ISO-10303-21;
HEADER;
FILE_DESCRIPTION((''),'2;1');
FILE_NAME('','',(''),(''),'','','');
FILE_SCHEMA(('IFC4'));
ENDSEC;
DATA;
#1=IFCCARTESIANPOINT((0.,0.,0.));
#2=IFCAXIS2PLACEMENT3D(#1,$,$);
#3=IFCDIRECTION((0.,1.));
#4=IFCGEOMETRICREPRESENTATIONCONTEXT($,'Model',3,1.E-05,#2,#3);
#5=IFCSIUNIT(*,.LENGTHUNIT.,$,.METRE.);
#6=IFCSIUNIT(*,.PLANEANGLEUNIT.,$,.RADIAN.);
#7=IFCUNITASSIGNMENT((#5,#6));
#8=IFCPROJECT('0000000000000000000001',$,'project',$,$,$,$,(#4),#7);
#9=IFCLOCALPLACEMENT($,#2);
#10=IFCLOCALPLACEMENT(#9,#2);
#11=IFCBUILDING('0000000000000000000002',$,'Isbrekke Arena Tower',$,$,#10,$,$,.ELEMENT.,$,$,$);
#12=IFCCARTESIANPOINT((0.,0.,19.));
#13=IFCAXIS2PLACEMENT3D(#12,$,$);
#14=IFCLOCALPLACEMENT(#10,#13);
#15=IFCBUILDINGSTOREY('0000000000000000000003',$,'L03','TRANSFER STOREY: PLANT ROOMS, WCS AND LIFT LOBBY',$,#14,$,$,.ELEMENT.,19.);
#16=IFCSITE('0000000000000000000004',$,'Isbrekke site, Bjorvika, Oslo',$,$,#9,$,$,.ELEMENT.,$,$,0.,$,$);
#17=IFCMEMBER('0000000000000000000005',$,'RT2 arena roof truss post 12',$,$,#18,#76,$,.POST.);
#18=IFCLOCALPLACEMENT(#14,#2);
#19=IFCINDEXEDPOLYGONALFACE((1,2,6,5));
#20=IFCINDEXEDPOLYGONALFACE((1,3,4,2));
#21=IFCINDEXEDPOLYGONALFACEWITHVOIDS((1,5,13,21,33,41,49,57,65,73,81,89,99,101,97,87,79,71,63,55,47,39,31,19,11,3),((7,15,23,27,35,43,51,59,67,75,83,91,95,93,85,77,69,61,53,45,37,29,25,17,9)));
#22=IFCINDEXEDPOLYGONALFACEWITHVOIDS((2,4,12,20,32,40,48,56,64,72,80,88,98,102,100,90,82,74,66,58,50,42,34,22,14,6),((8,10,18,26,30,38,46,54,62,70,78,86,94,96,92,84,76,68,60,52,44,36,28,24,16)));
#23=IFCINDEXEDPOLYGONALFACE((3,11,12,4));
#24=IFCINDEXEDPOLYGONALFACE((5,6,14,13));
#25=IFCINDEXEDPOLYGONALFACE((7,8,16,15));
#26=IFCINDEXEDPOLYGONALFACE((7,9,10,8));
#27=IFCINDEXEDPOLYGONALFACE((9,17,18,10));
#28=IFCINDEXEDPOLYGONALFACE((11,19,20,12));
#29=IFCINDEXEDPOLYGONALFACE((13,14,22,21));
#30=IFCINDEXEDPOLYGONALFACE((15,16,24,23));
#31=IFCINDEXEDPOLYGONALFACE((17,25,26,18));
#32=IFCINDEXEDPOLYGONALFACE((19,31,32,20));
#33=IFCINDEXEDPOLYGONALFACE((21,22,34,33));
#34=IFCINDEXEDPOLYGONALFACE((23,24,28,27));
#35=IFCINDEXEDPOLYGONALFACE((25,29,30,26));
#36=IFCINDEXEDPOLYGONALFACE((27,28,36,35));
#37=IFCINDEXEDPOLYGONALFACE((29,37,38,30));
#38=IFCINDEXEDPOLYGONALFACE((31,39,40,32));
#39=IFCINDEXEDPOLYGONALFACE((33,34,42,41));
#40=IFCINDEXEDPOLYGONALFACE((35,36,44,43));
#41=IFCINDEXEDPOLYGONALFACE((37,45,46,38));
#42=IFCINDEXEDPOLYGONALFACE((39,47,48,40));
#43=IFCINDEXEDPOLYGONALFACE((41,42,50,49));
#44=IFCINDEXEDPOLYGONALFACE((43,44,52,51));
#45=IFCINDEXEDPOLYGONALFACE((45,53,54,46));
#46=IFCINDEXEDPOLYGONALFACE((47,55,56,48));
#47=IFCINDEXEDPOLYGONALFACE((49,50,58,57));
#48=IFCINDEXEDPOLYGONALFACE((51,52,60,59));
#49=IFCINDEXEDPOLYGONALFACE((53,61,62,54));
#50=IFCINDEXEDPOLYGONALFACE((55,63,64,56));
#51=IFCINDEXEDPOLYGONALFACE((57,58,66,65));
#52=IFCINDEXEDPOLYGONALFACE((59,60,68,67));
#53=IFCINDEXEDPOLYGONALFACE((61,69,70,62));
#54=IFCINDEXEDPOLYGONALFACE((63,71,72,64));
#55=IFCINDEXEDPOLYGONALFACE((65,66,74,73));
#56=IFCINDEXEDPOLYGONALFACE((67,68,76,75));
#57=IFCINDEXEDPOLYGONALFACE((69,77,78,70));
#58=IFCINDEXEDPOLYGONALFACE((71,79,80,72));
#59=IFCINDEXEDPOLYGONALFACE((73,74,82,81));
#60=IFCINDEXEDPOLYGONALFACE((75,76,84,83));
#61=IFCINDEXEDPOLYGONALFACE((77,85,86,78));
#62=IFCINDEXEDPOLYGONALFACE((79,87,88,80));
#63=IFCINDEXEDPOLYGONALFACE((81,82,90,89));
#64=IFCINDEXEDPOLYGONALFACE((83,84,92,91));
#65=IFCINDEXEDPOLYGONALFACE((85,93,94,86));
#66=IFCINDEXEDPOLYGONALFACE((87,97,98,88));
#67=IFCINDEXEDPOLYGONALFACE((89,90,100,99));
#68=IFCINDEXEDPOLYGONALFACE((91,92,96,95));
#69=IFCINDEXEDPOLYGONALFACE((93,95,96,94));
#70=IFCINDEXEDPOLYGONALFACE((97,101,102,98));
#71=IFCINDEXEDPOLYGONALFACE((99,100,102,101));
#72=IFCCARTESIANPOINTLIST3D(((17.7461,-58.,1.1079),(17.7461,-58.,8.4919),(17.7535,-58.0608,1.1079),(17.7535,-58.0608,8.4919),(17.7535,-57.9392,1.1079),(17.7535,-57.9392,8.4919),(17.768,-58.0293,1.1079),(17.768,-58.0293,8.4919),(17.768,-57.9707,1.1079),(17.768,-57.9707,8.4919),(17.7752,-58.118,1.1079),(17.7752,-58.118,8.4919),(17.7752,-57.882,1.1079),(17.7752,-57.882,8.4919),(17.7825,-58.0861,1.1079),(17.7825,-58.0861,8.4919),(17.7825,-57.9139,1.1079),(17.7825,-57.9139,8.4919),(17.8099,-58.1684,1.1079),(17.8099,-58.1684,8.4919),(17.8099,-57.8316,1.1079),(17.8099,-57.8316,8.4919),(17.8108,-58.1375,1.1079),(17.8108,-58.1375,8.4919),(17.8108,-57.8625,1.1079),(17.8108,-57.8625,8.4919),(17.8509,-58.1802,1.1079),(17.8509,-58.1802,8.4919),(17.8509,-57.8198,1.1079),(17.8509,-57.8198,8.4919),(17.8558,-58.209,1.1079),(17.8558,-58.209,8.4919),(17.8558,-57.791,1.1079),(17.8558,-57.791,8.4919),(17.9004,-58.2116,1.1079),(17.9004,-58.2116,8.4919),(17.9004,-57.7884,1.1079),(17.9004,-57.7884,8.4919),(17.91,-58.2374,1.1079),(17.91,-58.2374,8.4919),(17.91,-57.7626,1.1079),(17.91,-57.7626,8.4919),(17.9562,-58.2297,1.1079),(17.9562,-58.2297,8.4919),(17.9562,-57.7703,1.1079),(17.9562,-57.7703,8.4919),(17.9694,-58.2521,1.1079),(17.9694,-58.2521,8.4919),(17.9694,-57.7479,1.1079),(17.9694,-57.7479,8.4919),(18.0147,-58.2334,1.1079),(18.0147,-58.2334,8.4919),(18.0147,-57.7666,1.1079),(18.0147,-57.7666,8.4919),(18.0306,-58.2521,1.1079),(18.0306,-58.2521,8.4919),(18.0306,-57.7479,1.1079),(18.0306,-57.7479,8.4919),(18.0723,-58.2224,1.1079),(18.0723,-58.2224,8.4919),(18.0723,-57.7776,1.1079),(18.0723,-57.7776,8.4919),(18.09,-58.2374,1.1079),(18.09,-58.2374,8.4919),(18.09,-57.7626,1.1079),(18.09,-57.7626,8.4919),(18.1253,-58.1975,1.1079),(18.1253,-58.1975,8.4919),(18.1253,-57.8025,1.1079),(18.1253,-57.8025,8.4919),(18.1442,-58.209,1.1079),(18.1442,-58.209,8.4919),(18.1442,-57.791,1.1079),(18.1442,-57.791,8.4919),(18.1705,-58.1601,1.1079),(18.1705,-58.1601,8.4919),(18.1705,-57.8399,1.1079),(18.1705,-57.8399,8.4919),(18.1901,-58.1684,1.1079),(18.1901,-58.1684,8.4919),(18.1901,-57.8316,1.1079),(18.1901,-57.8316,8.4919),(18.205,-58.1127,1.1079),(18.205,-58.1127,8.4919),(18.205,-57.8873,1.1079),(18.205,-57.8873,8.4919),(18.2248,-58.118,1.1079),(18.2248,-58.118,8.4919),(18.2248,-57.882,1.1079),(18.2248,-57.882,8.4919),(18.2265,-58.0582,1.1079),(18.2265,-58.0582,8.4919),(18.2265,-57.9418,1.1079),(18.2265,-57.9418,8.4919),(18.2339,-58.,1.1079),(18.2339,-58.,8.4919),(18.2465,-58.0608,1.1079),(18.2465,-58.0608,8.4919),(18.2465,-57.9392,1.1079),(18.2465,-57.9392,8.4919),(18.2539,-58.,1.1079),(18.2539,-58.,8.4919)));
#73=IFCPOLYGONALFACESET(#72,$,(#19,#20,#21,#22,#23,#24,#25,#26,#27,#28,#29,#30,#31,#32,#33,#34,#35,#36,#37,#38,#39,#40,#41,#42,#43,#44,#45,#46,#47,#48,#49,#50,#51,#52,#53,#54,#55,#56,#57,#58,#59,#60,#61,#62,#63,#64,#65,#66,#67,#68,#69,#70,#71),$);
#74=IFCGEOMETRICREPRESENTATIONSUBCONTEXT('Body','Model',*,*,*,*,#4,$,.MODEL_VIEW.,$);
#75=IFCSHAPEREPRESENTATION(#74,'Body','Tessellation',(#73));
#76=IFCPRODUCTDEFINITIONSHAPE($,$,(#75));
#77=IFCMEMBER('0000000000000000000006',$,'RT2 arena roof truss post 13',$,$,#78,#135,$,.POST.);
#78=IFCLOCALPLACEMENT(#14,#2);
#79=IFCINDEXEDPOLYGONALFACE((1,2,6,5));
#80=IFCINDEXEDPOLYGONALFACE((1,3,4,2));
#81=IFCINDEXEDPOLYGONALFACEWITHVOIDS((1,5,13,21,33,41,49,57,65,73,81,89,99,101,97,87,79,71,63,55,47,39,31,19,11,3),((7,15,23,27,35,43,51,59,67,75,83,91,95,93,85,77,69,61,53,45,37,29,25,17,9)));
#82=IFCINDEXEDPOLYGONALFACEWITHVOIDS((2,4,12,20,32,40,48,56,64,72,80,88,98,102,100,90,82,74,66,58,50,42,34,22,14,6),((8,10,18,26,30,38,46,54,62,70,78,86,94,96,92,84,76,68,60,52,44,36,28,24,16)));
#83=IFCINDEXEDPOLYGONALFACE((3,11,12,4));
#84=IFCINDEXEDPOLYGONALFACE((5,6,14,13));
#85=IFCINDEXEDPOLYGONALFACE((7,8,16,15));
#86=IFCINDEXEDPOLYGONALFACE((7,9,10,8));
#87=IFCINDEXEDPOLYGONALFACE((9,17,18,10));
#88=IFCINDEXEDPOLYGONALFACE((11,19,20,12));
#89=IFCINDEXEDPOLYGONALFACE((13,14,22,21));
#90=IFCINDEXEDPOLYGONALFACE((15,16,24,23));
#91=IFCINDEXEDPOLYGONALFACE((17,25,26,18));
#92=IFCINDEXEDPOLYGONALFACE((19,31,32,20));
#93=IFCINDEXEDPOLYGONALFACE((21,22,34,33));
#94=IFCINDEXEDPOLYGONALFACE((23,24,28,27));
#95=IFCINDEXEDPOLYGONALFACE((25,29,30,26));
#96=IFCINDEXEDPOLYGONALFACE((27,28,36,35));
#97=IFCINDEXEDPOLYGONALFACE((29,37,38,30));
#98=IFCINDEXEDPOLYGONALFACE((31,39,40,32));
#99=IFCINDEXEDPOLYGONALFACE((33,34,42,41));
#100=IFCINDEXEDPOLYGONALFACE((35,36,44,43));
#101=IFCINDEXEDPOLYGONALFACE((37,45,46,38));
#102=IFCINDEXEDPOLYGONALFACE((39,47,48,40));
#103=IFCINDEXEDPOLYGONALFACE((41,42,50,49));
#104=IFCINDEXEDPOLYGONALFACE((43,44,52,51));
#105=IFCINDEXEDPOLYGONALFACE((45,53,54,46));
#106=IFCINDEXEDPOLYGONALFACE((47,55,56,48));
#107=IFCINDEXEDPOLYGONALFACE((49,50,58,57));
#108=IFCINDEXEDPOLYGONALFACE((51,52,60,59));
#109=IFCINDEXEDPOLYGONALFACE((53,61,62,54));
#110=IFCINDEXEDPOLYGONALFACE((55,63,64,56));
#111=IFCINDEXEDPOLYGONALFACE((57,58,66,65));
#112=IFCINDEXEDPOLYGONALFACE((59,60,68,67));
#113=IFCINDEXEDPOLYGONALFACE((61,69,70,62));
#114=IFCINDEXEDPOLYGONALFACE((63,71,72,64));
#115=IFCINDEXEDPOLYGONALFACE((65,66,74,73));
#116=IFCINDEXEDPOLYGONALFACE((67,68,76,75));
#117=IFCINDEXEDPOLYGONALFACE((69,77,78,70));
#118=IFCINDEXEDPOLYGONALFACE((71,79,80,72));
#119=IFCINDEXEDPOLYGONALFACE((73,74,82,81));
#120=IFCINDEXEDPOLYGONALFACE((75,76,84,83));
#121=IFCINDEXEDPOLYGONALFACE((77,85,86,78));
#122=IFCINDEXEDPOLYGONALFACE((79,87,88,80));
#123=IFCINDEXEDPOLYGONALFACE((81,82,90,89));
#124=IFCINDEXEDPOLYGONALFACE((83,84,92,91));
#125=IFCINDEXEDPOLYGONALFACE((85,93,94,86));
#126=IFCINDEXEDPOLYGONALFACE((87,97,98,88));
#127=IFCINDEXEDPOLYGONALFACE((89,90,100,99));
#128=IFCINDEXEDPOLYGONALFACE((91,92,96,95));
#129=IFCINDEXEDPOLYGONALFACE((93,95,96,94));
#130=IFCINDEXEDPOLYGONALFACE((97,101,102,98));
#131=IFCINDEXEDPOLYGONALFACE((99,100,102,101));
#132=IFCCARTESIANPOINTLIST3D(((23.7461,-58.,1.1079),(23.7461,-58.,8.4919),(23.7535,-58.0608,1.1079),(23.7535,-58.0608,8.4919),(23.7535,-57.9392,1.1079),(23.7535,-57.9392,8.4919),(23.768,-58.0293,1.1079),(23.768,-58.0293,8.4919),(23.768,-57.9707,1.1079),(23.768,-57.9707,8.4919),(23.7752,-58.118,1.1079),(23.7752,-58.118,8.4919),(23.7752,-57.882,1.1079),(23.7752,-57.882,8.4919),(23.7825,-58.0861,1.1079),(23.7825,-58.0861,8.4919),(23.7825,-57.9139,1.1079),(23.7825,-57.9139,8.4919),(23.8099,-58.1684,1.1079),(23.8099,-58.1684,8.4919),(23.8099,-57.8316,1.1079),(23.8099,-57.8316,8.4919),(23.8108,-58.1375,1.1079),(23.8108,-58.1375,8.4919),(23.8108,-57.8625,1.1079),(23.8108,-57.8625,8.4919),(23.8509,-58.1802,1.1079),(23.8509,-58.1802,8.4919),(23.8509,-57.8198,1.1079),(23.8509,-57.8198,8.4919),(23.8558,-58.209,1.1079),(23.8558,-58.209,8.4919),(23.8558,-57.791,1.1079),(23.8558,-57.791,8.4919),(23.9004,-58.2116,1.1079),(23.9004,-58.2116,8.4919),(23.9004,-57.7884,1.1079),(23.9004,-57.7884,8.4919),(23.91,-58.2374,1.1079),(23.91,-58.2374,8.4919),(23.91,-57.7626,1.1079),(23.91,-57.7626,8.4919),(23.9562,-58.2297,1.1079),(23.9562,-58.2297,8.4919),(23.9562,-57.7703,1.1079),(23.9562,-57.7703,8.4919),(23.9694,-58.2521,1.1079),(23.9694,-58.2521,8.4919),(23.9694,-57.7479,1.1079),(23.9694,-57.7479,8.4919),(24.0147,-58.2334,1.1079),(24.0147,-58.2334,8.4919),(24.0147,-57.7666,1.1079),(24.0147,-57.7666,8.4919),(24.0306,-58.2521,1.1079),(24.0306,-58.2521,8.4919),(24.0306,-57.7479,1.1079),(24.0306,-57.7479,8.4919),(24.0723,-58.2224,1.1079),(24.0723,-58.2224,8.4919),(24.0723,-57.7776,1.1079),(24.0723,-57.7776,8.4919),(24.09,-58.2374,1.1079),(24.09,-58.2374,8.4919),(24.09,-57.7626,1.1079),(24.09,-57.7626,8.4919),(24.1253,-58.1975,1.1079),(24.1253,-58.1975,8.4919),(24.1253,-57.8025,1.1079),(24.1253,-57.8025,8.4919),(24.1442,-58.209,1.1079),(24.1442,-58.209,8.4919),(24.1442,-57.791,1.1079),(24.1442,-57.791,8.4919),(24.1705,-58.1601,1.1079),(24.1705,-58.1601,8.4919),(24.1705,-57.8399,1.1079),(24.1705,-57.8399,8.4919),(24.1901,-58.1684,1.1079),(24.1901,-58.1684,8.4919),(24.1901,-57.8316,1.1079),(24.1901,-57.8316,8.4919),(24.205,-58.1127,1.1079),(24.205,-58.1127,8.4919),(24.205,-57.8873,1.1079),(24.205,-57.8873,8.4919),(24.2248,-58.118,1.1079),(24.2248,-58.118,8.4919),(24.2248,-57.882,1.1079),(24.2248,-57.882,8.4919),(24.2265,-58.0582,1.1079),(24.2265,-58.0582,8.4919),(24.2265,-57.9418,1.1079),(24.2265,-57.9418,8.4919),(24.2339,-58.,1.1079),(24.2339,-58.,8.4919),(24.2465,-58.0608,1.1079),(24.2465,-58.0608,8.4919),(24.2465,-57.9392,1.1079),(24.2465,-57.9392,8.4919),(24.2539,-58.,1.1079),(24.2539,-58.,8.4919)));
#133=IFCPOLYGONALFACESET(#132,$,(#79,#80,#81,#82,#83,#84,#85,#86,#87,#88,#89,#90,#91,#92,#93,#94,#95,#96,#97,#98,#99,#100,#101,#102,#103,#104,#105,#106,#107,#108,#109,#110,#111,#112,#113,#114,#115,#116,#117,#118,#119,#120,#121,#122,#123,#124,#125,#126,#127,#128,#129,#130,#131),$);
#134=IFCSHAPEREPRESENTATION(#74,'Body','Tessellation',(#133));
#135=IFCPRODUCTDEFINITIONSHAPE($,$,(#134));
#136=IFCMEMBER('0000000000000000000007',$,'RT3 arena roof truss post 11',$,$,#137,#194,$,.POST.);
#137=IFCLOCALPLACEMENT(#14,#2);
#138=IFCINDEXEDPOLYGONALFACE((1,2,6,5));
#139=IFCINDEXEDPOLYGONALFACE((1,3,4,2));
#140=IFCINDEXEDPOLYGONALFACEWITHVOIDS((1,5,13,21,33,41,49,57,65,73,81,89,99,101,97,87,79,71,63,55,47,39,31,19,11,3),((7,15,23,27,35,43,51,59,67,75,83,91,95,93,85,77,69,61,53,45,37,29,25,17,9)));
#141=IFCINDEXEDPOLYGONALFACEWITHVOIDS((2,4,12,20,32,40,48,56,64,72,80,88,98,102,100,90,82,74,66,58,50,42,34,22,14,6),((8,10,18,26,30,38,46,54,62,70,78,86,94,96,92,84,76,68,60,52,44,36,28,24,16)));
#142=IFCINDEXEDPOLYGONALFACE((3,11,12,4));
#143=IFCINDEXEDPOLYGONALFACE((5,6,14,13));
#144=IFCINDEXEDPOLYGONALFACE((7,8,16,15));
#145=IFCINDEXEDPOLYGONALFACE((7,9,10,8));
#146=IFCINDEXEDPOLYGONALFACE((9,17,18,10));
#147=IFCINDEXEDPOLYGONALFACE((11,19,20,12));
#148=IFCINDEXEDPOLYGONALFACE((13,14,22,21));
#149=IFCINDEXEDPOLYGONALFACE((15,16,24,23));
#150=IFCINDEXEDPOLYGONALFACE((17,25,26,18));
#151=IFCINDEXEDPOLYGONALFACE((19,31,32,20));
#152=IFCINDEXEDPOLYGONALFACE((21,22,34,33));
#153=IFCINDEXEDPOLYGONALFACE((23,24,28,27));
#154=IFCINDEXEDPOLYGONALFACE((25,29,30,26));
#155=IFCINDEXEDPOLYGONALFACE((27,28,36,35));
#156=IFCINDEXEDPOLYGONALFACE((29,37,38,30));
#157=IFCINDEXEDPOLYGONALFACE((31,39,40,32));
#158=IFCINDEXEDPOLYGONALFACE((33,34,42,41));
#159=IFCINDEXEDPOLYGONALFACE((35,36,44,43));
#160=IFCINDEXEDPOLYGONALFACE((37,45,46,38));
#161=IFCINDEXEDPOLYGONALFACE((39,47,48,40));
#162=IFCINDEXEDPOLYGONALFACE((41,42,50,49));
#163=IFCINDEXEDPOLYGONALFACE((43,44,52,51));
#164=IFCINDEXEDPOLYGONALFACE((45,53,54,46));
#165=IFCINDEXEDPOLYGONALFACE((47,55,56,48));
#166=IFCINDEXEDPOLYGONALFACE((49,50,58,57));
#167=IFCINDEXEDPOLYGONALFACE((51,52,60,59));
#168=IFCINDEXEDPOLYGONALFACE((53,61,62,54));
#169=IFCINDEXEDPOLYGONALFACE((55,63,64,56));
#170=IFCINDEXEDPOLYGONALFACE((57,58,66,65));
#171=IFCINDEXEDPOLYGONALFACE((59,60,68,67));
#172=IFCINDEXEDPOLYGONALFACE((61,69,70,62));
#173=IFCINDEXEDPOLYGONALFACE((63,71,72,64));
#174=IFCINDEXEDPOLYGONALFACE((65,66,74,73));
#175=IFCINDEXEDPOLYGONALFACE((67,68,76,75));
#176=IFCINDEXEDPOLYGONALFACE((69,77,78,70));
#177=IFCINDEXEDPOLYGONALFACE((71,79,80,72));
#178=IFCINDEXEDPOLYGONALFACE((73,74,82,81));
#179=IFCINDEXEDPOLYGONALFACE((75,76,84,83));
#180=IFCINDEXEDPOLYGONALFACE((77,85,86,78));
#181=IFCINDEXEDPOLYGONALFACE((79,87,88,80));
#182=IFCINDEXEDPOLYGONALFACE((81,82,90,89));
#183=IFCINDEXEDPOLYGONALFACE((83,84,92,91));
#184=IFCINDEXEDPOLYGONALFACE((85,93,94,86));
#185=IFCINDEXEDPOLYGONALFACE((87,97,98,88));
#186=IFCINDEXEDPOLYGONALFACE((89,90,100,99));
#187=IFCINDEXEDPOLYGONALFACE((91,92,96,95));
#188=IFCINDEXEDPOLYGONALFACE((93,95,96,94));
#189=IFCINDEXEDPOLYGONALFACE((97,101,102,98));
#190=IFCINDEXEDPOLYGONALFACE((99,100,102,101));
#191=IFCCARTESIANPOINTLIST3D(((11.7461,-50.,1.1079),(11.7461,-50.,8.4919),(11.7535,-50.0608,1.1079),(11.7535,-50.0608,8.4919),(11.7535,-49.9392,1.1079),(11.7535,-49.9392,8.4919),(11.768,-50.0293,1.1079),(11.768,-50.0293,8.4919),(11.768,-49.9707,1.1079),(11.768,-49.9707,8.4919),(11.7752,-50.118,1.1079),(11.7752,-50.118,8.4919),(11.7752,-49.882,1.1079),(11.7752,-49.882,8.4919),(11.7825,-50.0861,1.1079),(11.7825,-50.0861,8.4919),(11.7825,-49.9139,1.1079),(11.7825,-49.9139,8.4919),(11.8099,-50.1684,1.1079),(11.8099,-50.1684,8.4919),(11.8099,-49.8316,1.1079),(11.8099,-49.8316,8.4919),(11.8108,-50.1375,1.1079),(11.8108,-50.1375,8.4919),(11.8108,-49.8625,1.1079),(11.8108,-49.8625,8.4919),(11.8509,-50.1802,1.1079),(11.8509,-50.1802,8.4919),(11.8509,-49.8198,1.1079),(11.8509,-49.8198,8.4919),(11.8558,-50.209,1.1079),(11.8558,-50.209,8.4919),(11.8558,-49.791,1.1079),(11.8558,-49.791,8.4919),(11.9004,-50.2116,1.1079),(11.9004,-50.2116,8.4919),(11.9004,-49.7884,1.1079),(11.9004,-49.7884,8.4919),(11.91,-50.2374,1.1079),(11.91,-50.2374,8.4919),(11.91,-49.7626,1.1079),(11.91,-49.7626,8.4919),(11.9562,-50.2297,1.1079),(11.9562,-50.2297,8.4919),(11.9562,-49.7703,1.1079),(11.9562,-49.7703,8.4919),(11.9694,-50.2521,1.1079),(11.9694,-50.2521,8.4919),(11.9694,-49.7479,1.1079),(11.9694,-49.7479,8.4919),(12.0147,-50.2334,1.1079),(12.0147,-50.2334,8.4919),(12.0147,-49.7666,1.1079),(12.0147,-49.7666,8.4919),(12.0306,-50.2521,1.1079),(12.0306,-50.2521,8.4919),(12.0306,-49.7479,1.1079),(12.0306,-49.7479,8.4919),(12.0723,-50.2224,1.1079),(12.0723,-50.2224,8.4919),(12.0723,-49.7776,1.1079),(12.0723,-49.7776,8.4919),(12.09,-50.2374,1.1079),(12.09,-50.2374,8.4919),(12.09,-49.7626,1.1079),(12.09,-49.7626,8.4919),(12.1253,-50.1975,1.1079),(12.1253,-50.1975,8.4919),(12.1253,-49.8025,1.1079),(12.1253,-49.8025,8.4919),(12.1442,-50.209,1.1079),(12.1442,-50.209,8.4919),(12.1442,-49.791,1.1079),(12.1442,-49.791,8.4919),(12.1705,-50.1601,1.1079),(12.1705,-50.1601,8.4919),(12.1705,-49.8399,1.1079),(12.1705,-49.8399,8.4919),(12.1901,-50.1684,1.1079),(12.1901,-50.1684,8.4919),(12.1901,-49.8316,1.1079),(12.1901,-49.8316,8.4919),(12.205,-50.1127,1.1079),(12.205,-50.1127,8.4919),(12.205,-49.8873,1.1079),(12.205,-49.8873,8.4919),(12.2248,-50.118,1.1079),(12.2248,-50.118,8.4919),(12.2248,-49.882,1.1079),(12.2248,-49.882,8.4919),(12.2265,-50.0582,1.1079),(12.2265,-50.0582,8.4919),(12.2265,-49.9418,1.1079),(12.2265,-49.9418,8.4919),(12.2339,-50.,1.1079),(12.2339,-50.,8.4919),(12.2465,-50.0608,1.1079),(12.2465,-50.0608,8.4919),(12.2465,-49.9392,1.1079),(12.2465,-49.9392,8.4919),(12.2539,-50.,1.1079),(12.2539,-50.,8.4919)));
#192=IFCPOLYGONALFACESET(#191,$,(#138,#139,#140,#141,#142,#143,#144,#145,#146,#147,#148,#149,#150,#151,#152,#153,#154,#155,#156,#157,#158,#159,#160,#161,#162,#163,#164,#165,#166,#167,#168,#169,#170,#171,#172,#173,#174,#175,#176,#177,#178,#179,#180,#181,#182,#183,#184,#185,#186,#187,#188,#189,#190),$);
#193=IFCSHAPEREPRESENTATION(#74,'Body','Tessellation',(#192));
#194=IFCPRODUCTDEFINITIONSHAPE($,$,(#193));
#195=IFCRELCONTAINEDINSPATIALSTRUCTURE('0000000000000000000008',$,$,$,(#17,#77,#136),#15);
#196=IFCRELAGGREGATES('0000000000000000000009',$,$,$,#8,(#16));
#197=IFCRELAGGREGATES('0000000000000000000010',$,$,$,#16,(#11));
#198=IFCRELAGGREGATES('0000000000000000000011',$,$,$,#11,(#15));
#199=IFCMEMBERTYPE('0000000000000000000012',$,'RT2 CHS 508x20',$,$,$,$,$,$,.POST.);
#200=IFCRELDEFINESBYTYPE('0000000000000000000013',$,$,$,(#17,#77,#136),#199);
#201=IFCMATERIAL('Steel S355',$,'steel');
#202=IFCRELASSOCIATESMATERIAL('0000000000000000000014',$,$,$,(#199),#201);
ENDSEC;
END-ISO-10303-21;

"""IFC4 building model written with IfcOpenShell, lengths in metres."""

from ifc_helpers import new_model, si_unit, direction, frame, origin, origin_2d, place, context, subcontext, project, spatial, hollow_circle, extrude, material, material_profile, profile_set, type_object, element, save


model = new_model("IFC4")

# Units and contexts
model_context = context("Model", 3, precision=1e-05, world=origin(), true_north=direction((0.0, 1.0)))
body_context = subcontext(model_context, "Body", "Model", "MODEL_VIEW")
ifc_project = project(units=[si_unit("LENGTHUNIT", "METRE"), si_unit("PLANEANGLEUNIT", "RADIAN")], contexts=[model_context])

# Site, building, storey
site_placement = place(None, origin())
site = spatial("IfcSite", under=ifc_project, at=site_placement, Name="Isbrekke site, Bjorvika, Oslo", CompositionType="ELEMENT", RefElevation=0.0)
building_placement = place(site_placement, origin())
building = spatial("IfcBuilding", under=site, at=building_placement, Name="Isbrekke Arena Tower", CompositionType="ELEMENT")
storey_placement = place(building_placement, frame((0.0, 0.0, 19.0)))
storey = spatial("IfcBuildingStorey", under=building, at=storey_placement, Name="L03", Description="TRANSFER STOREY: PLANT ROOMS, WCS AND LIFT LOBBY", CompositionType="ELEMENT", Elevation=19.0)

# Members
ifc_material_1 = material(Name="Steel S355", Category="steel")
ifc_material_profile_1 = material_profile(ifc_material_1, hollow_circle(Radius=0.2539, WallThickness=0.02, at=origin_2d()), Name="CHS 508x20")
ifc_profile_set_1 = profile_set([ifc_material_profile_1], Name="Steel S355")
member_type_1 = type_object("IfcMemberType", Name="RT2 CHS 508x20", PredefinedType="POST", material=ifc_profile_set_1)
for number, where, z_axis, x_axis, name in (
    (1, (18.0, -58.0, 1.1079), (0.0, 0.0, 1.0), (1.0, 0.0, 0.0), "RT2 arena roof truss post 12"),
    (2, (24.0, -58.0, 1.1079), (0.0, 0.0, 1.0), (1.0, 0.0, 0.0), "RT2 arena roof truss post 13"),
    (3, (12.0, -50.0, 1.1079), (0.0, 0.0, 1.0), (1.0, 0.0, 0.0), "RT3 arena roof truss post 11"),
):
    element("IfcMember", number, at=place(storey_placement, frame(where, z_axis=z_axis, x_axis=x_axis)), inside=storey, type_object=member_type_1, Name=name, PredefinedType="POST", context=body_context, shape_type="SweptSolid", body=[
        extrude(hollow_circle(Radius=0.2539, WallThickness=0.02, at=origin_2d()), origin(), (0.0, 0.0, 1.0), 7.384),
    ])

save(model, "model.ifc")
